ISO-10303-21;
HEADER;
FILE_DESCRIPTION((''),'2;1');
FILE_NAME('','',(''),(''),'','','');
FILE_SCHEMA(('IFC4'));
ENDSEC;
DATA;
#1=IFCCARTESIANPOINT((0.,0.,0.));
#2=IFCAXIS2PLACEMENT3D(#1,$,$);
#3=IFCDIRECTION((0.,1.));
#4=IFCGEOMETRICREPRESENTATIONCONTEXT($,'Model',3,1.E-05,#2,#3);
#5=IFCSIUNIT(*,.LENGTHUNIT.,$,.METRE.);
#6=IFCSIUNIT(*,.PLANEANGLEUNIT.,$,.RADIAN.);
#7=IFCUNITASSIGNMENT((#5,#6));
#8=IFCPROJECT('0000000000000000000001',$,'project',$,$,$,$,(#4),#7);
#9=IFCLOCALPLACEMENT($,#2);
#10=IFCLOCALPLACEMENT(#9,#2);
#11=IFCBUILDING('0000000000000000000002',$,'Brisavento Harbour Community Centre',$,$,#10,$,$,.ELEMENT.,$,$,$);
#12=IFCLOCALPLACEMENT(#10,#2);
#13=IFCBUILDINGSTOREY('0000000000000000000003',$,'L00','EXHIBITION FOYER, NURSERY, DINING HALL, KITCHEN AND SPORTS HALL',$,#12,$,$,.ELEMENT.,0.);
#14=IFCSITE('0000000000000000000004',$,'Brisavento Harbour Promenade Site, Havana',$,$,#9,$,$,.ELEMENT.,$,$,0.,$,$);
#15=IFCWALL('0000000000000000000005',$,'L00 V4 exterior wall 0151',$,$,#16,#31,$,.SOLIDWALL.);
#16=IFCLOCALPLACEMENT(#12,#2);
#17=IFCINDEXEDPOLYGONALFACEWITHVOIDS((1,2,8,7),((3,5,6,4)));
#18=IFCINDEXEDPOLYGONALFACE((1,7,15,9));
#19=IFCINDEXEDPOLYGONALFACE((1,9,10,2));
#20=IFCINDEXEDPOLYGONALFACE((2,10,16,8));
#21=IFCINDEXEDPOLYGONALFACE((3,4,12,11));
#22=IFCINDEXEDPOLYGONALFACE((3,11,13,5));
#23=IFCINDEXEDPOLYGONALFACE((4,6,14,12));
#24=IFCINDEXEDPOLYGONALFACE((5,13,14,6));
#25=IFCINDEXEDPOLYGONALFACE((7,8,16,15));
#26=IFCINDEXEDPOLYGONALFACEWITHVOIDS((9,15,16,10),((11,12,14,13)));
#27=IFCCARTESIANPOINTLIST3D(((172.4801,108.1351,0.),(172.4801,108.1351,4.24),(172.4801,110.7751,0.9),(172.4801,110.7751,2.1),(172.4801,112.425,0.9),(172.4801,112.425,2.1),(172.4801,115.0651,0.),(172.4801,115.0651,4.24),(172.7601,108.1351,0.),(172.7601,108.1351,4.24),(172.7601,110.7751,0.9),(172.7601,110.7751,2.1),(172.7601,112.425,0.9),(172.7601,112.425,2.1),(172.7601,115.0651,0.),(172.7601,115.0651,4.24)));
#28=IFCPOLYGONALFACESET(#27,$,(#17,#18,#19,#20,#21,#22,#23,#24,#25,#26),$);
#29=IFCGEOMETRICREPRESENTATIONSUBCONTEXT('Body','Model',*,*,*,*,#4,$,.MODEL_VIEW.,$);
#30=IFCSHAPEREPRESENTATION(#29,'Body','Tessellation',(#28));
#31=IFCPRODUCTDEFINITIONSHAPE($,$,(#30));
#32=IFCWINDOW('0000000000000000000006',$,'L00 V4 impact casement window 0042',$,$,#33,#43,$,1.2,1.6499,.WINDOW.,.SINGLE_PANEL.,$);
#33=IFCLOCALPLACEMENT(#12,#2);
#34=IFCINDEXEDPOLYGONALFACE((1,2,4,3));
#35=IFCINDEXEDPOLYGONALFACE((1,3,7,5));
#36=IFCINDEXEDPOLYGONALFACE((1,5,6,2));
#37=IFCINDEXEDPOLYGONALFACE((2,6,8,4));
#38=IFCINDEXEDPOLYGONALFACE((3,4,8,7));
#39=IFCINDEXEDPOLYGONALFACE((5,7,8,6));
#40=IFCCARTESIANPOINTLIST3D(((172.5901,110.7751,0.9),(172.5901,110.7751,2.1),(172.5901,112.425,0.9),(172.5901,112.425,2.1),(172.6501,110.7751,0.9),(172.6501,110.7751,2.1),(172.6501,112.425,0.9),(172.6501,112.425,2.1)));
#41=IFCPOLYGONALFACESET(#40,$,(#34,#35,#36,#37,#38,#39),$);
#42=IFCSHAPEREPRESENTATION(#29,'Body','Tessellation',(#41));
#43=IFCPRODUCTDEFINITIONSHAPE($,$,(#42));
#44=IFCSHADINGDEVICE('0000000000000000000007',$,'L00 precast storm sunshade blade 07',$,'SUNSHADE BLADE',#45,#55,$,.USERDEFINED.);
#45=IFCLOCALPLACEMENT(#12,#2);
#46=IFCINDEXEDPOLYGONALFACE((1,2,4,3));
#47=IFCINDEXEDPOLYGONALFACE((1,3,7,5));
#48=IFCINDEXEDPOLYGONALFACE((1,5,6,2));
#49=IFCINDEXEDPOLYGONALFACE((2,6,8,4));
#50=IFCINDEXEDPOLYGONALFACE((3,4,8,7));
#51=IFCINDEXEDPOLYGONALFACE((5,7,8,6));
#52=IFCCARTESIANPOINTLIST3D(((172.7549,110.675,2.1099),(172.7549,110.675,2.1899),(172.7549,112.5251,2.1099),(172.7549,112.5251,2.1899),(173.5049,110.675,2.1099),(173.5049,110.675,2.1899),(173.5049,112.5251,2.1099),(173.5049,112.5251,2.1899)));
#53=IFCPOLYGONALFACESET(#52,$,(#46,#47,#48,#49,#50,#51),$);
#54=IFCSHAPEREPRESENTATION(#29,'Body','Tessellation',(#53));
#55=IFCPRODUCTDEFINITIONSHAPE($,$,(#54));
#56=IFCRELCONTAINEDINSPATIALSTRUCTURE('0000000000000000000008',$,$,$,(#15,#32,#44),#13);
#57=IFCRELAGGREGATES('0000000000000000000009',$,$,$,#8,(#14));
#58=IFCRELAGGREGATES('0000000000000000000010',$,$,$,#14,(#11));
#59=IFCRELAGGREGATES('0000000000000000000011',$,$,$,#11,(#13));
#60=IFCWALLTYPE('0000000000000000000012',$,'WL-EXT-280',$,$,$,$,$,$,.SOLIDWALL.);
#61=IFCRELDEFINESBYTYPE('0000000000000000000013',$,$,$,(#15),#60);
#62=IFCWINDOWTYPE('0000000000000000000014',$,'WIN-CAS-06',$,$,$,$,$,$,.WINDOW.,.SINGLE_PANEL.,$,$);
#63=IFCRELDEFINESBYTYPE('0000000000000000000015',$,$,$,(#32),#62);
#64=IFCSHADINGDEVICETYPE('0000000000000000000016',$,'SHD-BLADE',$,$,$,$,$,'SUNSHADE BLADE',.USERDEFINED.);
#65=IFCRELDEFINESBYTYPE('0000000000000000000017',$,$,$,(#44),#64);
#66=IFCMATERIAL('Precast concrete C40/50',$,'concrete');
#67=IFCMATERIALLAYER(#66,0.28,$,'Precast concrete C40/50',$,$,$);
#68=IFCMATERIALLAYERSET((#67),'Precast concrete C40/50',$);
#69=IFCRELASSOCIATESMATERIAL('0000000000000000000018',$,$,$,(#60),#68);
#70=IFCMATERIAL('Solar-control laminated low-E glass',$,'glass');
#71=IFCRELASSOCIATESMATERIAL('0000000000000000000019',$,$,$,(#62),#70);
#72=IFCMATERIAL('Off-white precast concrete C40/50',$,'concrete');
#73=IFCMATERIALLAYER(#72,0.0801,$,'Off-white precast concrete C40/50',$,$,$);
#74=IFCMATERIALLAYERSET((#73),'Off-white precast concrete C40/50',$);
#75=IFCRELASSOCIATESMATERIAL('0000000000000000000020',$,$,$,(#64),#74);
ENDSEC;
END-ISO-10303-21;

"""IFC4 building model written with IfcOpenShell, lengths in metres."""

from ifc_helpers import new_model, si_unit, direction, frame, frame_2d, origin, origin_2d, place, context, subcontext, project, spatial, rectangle, extrude, material, layer, layer_set, type_object, element, fill, save


model = new_model("IFC4")

# Units and contexts
model_context = context("Model", 3, precision=1e-05, world=origin(), true_north=direction((0.0, 1.0)))
body_context = subcontext(model_context, "Body", "Model", "MODEL_VIEW")
ifc_project = project(units=[si_unit("LENGTHUNIT", "METRE"), si_unit("PLANEANGLEUNIT", "RADIAN")], contexts=[model_context])

# Site, building, storey
site_placement = place(None, origin())
site = spatial("IfcSite", under=ifc_project, at=site_placement, Name="Brisavento Harbour Promenade Site, Havana", CompositionType="ELEMENT", RefElevation=0.0)
building_placement = place(site_placement, origin())
building = spatial("IfcBuilding", under=site, at=building_placement, Name="Brisavento Harbour Community Centre", CompositionType="ELEMENT")
storey_placement = place(building_placement, origin())
storey = spatial("IfcBuildingStorey", under=building, at=storey_placement, Name="L00", Description="EXHIBITION FOYER, NURSERY, DINING HALL, KITCHEN AND SPORTS HALL", CompositionType="ELEMENT", Elevation=0.0)

# Shared definitions
ifc_material_1 = material(Name="Solar-control laminated low-E glass", Category="glass")

# Wall, opening, window
ifc_material_2 = material(Name="Precast concrete C40/50", Category="concrete")
ifc_layer_1 = layer(ifc_material_2, 0.28, Name="Precast concrete C40/50")
ifc_layer_set_1 = layer_set([ifc_layer_1], Name="Precast concrete C40/50")
wall_type = type_object("IfcWallType", Name="WL-EXT-280", PredefinedType="SOLIDWALL", material=ifc_layer_set_1)
wall_placement = place(storey_placement, frame((172.6201, 115.0649, 0.0), z_axis=(0.0, 0.0, 1.0), x_axis=(0.0, -1.0, 0.0)))
wall = element("IfcWall", 1, at=wall_placement, inside=storey, type_object=wall_type, Name="L00 V4 exterior wall 0151", PredefinedType="SOLIDWALL", context=body_context, shape_type="SweptSolid", body=[
    extrude(rectangle(XDim=6.9299, YDim=0.28, at=frame_2d((3.4648, 0.0))), origin(), (0.0, 0.0, 1.0), 4.24),
])
opening_placement = place(wall_placement, frame((2.6399, 0.0, 0.8999)))
opening = element("IfcOpeningElement", 2, at=opening_placement, cuts=wall, PredefinedType="OPENING", context=body_context, shape_type="SweptSolid", body=[
    extrude(rectangle(XDim=1.6499, YDim=1.2, at=frame_2d((0.825, 0.6001))), frame((0.0, 0.1499, 0.0), z_axis=(0.0, -1.0, 0.0), x_axis=(1.0, 0.0, 0.0)), (0.0, 0.0, 1.0), 0.3),
])
window_type = type_object("IfcWindowType", Name="WIN-CAS-06", PartitioningType="SINGLE_PANEL", PredefinedType="WINDOW", material=ifc_material_1)
window_placement = place(opening_placement, origin())
window = element("IfcWindow", 3, at=window_placement, inside=storey, type_object=window_type, Name="L00 V4 impact casement window 0042", OverallHeight=1.2, OverallWidth=1.6499, PartitioningType="SINGLE_PANEL", PredefinedType="WINDOW", context=body_context, shape_type="SweptSolid", body=[
    extrude(rectangle(XDim=1.6499, YDim=1.2, at=frame_2d((0.825, 0.6001))), frame((0.0, 0.03, 0.0), z_axis=(0.0, -1.0, 0.0), x_axis=(1.0, 0.0, 0.0)), (0.0, 0.0, 1.0), 0.0601),
])
fill(opening, window)

# Shading device
ifc_material_3 = material(Name="Off-white precast concrete C40/50", Category="concrete")
ifc_layer_2 = layer(ifc_material_3, 0.0801, Name="Off-white precast concrete C40/50")
ifc_layer_set_2 = layer_set([ifc_layer_2], Name="Off-white precast concrete C40/50")
shading_device_type = type_object("IfcShadingDeviceType", Name="SHD-BLADE", ElementType="SUNSHADE BLADE", PredefinedType="USERDEFINED", material=ifc_layer_set_2)
shading_device_placement = place(storey_placement, frame((173.1299, 111.6001, 2.1099), z_axis=(0.0, 0.0, 1.0), x_axis=(0.0, -1.0, 0.0)))
element("IfcShadingDevice", 4, at=shading_device_placement, inside=storey, type_object=shading_device_type, Name="L00 precast storm sunshade blade 07", ObjectType="SUNSHADE BLADE", PredefinedType="USERDEFINED", context=body_context, shape_type="SweptSolid", body=[
    extrude(rectangle(XDim=1.8501, YDim=0.75, at=origin_2d()), origin(), (0.0, 0.0, 1.0), 0.0801),
])

save(model, "model.ifc")
